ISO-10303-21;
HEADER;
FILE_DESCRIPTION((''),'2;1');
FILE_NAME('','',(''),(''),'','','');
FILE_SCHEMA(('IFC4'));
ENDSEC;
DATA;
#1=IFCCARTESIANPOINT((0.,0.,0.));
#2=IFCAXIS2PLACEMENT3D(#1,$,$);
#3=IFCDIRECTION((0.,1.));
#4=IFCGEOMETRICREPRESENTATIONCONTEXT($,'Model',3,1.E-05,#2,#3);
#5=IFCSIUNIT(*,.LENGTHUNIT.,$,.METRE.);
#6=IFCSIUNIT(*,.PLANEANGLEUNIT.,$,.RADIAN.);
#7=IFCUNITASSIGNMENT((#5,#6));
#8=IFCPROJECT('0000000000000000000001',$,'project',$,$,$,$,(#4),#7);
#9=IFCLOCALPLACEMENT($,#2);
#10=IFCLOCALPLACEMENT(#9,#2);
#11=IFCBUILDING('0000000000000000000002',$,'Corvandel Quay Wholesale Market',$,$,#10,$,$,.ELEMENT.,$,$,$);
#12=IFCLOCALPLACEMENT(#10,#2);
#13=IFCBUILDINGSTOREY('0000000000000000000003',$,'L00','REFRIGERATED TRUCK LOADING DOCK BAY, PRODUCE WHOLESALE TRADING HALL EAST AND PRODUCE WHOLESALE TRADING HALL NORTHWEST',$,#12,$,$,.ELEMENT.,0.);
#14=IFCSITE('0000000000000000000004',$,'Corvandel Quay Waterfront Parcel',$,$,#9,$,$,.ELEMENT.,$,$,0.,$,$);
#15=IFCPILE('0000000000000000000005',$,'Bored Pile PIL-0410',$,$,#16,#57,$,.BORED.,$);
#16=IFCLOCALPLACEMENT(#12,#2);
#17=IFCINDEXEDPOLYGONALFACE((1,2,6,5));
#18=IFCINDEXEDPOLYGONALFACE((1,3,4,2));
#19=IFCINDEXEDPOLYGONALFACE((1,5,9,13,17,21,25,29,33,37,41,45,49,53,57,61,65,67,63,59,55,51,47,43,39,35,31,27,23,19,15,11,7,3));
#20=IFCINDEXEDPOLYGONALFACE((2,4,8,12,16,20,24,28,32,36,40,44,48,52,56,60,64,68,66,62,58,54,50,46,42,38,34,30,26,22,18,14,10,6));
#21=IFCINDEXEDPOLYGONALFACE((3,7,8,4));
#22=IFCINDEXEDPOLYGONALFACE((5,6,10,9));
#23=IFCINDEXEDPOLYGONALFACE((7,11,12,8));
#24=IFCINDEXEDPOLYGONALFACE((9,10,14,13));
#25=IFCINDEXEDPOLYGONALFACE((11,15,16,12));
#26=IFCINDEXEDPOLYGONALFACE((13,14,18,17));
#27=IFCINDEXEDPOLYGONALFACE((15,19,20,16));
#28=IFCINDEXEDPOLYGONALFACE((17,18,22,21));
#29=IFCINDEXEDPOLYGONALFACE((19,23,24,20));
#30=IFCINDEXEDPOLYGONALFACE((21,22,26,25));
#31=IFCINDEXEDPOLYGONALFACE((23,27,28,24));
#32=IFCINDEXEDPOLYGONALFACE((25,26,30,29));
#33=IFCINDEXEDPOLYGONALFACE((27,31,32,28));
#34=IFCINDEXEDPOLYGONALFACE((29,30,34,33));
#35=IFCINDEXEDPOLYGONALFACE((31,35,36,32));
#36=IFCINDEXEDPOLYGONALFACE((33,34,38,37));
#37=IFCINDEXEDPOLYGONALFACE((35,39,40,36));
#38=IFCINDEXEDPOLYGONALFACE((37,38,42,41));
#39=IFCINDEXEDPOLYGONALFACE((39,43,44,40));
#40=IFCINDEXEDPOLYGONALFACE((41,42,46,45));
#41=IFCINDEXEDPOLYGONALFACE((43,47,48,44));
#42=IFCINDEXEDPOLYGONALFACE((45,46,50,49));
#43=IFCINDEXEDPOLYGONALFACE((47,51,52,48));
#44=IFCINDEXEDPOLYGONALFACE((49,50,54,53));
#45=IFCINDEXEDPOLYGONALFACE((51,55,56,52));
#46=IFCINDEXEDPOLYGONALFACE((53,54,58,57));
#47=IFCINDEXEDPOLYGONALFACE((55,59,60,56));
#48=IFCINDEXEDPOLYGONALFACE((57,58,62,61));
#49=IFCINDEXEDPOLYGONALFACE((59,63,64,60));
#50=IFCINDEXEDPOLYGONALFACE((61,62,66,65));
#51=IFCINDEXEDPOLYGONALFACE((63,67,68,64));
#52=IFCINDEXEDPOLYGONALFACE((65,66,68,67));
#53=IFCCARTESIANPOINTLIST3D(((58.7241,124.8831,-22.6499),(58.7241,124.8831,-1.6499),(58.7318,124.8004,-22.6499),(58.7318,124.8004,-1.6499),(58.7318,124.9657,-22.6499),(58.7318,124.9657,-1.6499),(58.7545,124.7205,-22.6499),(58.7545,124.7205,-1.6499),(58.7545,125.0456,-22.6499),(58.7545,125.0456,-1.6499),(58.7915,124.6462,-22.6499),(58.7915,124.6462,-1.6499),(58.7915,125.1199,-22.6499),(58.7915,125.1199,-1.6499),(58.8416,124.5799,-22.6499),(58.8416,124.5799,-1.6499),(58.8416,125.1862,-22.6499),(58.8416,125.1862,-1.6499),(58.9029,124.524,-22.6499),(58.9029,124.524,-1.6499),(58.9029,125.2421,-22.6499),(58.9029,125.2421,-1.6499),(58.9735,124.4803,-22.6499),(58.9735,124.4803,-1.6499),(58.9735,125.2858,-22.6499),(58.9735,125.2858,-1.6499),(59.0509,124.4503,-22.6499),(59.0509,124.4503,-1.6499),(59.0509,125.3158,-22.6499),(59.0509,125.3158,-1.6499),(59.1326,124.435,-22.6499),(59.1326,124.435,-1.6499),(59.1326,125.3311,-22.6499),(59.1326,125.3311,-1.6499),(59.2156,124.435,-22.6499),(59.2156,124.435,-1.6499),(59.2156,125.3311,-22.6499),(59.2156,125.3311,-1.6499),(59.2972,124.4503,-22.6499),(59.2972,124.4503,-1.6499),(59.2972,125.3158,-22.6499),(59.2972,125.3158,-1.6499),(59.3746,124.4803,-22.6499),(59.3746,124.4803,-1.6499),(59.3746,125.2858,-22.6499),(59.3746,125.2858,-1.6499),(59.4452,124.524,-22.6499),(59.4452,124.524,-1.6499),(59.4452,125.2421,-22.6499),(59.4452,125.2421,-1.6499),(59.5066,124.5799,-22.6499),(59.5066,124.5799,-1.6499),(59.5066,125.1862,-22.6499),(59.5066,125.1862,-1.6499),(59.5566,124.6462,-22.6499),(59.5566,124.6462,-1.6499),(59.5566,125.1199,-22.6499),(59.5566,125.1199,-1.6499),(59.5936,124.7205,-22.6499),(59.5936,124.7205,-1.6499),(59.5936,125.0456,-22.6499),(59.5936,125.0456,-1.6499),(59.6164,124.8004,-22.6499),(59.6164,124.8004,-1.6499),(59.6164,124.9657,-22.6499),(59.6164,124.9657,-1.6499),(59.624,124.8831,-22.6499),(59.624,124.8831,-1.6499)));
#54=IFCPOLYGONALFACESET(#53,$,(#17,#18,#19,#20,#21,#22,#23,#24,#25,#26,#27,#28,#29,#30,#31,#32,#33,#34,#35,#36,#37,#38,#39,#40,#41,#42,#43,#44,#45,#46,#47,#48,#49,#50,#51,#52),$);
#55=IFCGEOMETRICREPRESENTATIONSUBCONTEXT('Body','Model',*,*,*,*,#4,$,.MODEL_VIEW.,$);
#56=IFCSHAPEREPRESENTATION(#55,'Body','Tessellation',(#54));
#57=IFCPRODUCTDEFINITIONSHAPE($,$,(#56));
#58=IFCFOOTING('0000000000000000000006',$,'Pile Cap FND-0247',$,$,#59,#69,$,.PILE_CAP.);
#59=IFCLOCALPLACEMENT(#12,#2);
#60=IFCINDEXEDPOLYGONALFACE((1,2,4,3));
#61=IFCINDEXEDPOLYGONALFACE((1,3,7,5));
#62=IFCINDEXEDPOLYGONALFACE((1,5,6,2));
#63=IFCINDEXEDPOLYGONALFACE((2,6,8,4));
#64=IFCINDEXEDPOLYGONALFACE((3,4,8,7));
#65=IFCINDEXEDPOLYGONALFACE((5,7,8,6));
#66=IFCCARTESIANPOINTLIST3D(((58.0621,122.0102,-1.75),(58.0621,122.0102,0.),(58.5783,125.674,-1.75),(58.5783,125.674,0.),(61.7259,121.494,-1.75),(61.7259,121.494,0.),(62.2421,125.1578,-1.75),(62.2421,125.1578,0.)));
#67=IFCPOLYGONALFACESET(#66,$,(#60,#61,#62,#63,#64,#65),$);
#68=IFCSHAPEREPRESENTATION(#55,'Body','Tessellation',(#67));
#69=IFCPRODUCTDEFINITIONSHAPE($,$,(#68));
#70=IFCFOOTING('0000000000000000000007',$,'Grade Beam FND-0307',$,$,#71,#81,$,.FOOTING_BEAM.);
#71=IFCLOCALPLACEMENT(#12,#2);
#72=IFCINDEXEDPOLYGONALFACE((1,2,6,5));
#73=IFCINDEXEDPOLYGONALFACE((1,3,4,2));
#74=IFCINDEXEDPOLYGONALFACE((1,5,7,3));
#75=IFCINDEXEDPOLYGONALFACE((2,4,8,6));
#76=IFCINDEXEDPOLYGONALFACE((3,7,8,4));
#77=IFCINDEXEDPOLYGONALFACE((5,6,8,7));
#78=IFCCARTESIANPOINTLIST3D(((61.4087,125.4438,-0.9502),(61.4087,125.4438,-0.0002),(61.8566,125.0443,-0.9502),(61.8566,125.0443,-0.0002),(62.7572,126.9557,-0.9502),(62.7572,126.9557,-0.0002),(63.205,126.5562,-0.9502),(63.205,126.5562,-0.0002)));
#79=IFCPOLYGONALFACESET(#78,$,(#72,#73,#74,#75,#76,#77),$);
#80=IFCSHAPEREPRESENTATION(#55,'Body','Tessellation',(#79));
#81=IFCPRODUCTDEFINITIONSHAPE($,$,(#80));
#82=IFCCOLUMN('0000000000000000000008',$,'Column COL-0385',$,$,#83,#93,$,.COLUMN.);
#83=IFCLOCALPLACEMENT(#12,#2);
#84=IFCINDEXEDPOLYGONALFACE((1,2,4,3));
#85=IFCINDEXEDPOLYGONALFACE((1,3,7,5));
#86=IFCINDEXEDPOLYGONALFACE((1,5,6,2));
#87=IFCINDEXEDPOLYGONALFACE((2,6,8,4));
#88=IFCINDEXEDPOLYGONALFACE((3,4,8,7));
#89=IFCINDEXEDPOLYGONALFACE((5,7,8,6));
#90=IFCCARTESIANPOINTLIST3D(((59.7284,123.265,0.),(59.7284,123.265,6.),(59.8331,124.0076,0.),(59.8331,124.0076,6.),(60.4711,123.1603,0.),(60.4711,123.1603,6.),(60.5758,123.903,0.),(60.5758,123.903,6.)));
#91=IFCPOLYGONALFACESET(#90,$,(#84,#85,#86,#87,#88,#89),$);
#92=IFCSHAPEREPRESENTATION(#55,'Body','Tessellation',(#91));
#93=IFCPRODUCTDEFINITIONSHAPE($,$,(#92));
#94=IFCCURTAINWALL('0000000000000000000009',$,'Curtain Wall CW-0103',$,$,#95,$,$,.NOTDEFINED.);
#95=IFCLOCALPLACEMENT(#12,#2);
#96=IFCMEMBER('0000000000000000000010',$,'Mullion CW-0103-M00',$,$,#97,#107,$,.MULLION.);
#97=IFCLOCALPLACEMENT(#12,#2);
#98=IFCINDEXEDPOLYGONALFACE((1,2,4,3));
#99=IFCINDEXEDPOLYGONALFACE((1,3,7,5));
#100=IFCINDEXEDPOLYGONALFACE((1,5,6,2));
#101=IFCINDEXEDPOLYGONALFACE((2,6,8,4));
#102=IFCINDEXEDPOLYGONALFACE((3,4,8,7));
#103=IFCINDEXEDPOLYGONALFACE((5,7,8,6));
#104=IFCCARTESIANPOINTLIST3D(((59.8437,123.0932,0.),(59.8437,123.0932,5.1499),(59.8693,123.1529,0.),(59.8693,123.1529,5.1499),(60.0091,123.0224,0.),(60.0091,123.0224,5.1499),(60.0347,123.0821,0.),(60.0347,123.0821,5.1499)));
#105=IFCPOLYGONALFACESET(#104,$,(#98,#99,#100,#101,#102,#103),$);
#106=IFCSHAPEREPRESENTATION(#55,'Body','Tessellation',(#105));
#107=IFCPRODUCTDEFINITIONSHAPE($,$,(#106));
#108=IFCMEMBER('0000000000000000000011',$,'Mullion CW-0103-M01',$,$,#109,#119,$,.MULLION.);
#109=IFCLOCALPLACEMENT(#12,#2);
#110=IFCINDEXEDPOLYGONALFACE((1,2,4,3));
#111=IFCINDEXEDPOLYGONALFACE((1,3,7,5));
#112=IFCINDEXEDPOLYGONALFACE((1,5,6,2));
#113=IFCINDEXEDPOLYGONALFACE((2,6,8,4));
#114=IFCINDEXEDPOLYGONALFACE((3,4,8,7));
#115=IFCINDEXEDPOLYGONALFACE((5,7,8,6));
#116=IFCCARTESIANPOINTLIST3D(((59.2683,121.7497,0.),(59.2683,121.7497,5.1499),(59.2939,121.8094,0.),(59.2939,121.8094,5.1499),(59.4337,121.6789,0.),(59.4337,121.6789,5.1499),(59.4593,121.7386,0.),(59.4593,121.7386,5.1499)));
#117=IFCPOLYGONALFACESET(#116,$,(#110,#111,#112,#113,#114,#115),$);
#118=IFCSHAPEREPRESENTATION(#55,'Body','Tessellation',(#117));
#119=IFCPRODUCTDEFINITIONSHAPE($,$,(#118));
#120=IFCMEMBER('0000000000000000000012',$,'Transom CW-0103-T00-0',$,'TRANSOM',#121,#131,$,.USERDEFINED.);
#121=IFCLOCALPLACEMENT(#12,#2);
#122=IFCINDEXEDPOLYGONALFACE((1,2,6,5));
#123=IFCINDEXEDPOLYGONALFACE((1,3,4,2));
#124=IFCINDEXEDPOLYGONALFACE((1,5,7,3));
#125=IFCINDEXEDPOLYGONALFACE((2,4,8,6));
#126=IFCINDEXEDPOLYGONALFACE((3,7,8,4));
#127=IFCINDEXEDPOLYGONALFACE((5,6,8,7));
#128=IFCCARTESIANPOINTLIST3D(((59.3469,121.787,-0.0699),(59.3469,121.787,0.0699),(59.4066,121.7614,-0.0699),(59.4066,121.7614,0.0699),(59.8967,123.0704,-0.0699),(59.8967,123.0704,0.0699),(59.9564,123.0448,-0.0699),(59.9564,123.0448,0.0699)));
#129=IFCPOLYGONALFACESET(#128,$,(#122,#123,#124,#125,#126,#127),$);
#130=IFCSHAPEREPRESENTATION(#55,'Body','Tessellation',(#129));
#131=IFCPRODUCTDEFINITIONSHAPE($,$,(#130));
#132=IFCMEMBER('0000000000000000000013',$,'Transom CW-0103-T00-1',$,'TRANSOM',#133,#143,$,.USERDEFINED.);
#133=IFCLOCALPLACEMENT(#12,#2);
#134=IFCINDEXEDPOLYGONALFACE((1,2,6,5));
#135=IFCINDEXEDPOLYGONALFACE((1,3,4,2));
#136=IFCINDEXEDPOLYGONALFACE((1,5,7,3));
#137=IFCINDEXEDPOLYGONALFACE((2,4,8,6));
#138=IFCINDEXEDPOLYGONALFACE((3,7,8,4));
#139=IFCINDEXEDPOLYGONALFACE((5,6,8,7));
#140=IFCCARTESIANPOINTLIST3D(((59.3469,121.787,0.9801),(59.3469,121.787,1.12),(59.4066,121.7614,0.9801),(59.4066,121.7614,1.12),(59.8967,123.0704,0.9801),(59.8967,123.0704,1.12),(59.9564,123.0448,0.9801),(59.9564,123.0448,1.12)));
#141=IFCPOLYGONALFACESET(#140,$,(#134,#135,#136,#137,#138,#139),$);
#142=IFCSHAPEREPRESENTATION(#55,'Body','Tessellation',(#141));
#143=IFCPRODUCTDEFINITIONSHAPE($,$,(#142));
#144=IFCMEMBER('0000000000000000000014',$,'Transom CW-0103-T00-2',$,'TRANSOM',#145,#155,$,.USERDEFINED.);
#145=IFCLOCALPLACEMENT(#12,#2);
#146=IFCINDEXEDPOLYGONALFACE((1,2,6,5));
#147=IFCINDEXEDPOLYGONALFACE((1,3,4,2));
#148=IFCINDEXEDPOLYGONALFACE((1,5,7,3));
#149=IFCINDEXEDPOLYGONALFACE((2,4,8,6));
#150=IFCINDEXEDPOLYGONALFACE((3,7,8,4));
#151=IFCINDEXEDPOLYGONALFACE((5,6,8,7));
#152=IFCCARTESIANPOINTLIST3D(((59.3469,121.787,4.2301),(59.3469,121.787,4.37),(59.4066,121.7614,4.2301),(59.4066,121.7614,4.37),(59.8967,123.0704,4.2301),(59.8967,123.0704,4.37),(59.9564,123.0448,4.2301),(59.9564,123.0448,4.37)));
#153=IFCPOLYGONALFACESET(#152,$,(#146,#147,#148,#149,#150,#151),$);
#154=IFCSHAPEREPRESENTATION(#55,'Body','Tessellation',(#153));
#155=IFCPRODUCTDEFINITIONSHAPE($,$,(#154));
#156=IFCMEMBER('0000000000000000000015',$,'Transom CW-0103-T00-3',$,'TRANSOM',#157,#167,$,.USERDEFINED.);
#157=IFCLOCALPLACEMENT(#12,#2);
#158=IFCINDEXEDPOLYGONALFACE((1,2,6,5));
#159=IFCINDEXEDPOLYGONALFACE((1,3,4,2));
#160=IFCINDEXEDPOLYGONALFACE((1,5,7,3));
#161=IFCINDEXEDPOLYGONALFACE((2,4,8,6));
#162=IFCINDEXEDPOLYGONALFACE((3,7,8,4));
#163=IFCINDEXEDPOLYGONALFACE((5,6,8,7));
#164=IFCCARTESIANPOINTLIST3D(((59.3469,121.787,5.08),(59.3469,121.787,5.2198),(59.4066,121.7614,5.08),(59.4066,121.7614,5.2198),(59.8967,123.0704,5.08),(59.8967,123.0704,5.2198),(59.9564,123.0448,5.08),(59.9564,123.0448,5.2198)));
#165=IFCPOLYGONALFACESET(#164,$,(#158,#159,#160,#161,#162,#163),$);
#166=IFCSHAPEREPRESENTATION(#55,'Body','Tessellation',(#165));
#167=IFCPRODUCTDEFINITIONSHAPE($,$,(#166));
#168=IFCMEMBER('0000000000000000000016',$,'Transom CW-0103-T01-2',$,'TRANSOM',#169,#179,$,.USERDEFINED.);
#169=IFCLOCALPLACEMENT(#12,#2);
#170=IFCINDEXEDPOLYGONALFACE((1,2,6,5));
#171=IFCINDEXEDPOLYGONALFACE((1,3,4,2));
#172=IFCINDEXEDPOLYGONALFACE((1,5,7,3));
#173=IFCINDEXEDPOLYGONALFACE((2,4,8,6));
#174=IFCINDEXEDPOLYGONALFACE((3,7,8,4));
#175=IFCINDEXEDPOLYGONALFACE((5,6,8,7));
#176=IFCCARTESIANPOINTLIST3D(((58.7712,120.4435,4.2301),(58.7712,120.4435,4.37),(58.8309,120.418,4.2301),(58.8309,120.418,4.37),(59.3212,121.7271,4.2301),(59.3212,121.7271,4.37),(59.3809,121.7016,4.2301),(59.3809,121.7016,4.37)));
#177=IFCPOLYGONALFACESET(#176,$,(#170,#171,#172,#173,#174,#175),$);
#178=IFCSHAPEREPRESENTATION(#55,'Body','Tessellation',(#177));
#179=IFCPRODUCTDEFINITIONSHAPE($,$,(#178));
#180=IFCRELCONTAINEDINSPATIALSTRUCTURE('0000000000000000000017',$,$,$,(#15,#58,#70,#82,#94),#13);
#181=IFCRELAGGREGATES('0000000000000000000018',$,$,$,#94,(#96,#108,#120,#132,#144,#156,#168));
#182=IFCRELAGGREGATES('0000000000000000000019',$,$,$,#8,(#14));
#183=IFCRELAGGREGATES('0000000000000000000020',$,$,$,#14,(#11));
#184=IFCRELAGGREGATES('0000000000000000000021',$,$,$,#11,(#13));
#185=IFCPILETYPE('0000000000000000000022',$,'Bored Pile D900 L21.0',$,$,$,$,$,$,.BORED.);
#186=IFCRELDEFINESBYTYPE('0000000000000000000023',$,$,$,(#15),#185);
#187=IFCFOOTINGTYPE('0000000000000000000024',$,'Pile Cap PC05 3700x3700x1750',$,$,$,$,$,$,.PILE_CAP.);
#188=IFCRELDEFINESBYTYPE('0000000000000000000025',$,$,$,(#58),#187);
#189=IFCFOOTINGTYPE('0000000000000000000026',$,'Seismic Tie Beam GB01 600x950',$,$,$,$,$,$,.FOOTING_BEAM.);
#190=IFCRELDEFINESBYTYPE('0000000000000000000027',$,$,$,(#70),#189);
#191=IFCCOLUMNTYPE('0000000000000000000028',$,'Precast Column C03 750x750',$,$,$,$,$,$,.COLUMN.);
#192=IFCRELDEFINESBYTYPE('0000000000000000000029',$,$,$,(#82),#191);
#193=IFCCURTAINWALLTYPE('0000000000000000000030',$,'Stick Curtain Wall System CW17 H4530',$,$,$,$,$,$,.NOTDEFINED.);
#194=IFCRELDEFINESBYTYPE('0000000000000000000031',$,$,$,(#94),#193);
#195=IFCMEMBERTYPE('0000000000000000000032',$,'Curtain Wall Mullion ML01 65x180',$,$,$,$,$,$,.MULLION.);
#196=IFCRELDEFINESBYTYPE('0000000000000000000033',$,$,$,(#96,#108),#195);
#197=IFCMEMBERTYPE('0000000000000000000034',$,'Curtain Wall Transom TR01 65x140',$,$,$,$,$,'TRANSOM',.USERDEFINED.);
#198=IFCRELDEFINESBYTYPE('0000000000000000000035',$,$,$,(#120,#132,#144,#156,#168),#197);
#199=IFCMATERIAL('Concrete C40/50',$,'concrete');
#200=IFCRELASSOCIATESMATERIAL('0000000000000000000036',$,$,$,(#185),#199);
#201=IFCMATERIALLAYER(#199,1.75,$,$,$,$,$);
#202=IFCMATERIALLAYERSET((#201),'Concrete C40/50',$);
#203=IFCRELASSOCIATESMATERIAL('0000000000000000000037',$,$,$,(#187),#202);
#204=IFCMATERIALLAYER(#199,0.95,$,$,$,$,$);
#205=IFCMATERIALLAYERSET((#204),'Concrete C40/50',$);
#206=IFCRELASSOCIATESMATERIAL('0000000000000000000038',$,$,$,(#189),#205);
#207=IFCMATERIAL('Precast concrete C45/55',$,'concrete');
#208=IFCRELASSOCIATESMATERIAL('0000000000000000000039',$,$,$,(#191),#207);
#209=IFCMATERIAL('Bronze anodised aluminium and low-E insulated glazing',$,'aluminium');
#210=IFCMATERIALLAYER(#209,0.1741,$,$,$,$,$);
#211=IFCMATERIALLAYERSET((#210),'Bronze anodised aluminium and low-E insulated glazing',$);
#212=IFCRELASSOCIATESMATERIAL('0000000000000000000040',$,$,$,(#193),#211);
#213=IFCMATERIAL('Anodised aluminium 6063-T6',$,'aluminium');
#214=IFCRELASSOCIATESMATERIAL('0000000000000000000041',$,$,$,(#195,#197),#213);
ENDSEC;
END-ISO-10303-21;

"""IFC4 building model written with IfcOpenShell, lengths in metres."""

from ifc_helpers import new_model, si_unit, direction, frame, origin, origin_2d, place, context, subcontext, project, spatial, rectangle, circle, extrude, material, layer, layer_set, material_profile, profile_set, type_object, element, aggregate, save


model = new_model("IFC4")

# Units and contexts
model_context = context("Model", 3, precision=1e-05, world=origin(), true_north=direction((0.0, 1.0)))
body_context = subcontext(model_context, "Body", "Model", "MODEL_VIEW")
ifc_project = project(units=[si_unit("LENGTHUNIT", "METRE"), si_unit("PLANEANGLEUNIT", "RADIAN")], contexts=[model_context])

# Site, building, storey
site_placement = place(None, origin())
site = spatial("IfcSite", under=ifc_project, at=site_placement, Name="Corvandel Quay Waterfront Parcel", CompositionType="ELEMENT", RefElevation=0.0)
building_placement = place(site_placement, origin())
building = spatial("IfcBuilding", under=site, at=building_placement, Name="Corvandel Quay Wholesale Market", CompositionType="ELEMENT")
storey_placement = place(building_placement, origin())
storey = spatial("IfcBuildingStorey", under=building, at=storey_placement, Name="L00", Description="REFRIGERATED TRUCK LOADING DOCK BAY, PRODUCE WHOLESALE TRADING HALL EAST AND PRODUCE WHOLESALE TRADING HALL NORTHWEST", CompositionType="ELEMENT", Elevation=0.0)

# Pile
ifc_material_1 = material(Name="Concrete C40/50", Category="concrete")
ifc_material_profile_1 = material_profile(ifc_material_1, circle(Radius=0.45, at=origin_2d()), Name="RC-PILE-D900")
ifc_profile_set_1 = profile_set([ifc_material_profile_1], Name="Concrete C40/50")
pile_type = type_object("IfcPileType", Name="Bored Pile D900 L21.0", PredefinedType="BORED", material=ifc_profile_set_1)
for number, where, z_axis, x_axis, name in (
    (1, (59.1741, 124.8831, -1.6499), (0.0, 0.0, -1.0), (1.0, 0.0, 0.0), "Bored Pile PIL-0410"),
):
    element("IfcPile", number, at=place(storey_placement, frame(where, z_axis=z_axis, x_axis=x_axis)), inside=storey, type_object=pile_type, Name=name, PredefinedType="BORED", context=body_context, shape_type="SweptSolid", body=[
        extrude(circle(Radius=0.45, at=origin_2d()), origin(), (0.0, 0.0, 1.0), 21.0),
    ])

# Footings
ifc_layer_1 = layer(ifc_material_1, 1.75)
ifc_layer_set_1 = layer_set([ifc_layer_1], Name="Concrete C40/50")
footing_type_1 = type_object("IfcFootingType", Name="Pile Cap PC05 3700x3700x1750", PredefinedType="PILE_CAP", material=ifc_layer_set_1)
footing_1_placement = place(storey_placement, frame((60.1521, 123.584, -1.75), z_axis=(0.0, 0.0, 1.0), x_axis=(0.139519, 0.990219, 0.0)))
element("IfcFooting", 2, at=footing_1_placement, inside=storey, type_object=footing_type_1, Name="Pile Cap FND-0247", PredefinedType="PILE_CAP", context=body_context, shape_type="SweptSolid", body=[
    extrude(rectangle(XDim=3.7, YDim=3.7, at=origin_2d()), origin(), (0.0, 0.0, 1.0), 1.75),
])
ifc_layer_2 = layer(ifc_material_1, 0.95)
ifc_layer_set_2 = layer_set([ifc_layer_2], Name="Concrete C40/50")
footing_type_2 = type_object("IfcFootingType", Name="Seismic Tie Beam GB01 600x950", PredefinedType="FOOTING_BEAM", material=ifc_layer_set_2)
footing_2_placement = place(storey_placement, frame((62.3069, 126.0, -0.9502), z_axis=(0.0, 0.0, 1.0), x_axis=(0.665621, 0.74629, 0.0)))
element("IfcFooting", 3, at=footing_2_placement, inside=storey, type_object=footing_type_2, Name="Grade Beam FND-0307", PredefinedType="FOOTING_BEAM", context=body_context, shape_type="SweptSolid", body=[
    extrude(rectangle(XDim=2.0259, YDim=0.6001, at=origin_2d()), origin(), (0.0, 0.0, 1.0), 0.95),
])

# Column
ifc_material_2 = material(Name="Precast concrete C45/55", Category="concrete")
ifc_material_profile_2 = material_profile(ifc_material_2, rectangle(XDim=0.75, YDim=0.75, at=origin_2d()), Name="PC-COL-750x750")
ifc_profile_set_2 = profile_set([ifc_material_profile_2], Name="Precast concrete C45/55")
column_type = type_object("IfcColumnType", Name="Precast Column C03 750x750", PredefinedType="COLUMN", material=ifc_profile_set_2)
column_placement = place(storey_placement, frame((60.1521, 123.584, 0.0), z_axis=(0.0, 0.0, 1.0), x_axis=(0.139519, 0.990219, 0.0)))
element("IfcColumn", 4, at=column_placement, inside=storey, type_object=column_type, Name="Column COL-0385", PredefinedType="COLUMN", context=body_context, shape_type="SweptSolid", body=[
    extrude(rectangle(XDim=0.75, YDim=0.75, at=origin_2d()), origin(), (0.0, 0.0, 1.0), 6.0),
])

# Curtain wall, members
ifc_material_3 = material(Name="Bronze anodised aluminium and low-E insulated glazing", Category="aluminium")
ifc_layer_3 = layer(ifc_material_3, 0.1741)
ifc_layer_set_3 = layer_set([ifc_layer_3], Name="Bronze anodised aluminium and low-E insulated glazing")
curtain_wall_type = type_object("IfcCurtainWallType", Name="Stick Curtain Wall System CW17 H4530", PredefinedType="NOTDEFINED", material=ifc_layer_set_3)
curtain_wall_placement = place(storey_placement, origin())
curtain_wall = element("IfcCurtainWall", 5, at=curtain_wall_placement, inside=storey, type_object=curtain_wall_type, Name="Curtain Wall CW-0103", PredefinedType="NOTDEFINED")
ifc_material_4 = material(Name="Anodised aluminium 6063-T6", Category="aluminium")
ifc_material_profile_3 = material_profile(ifc_material_4, rectangle(XDim=0.0649, YDim=0.1799, at=origin_2d()), Name="ALU-MUL-65x180")
ifc_profile_set_3 = profile_set([ifc_material_profile_3], Name="Anodised aluminium 6063-T6")
member_type_1 = type_object("IfcMemberType", Name="Curtain Wall Mullion ML01 65x180", PredefinedType="MULLION", material=ifc_profile_set_3)
member_1_placement = place(storey_placement, frame((59.9392, 123.0876, 0.0), z_axis=(0.0, 0.0, 1.0), x_axis=(0.393781, 0.919204, 0.0)))
member_1 = element("IfcMember", 6, at=member_1_placement, type_object=member_type_1, Name="Mullion CW-0103-M00", PredefinedType="MULLION", context=body_context, shape_type="SweptSolid", body=[
    extrude(rectangle(XDim=0.0649, YDim=0.1799, at=origin_2d()), origin(), (0.0, 0.0, 1.0), 5.1499),
])
member_2_placement = place(storey_placement, frame((59.3638, 121.7441, 0.0), z_axis=(0.0, 0.0, 1.0), x_axis=(0.393781, 0.919204, 0.0)))
member_2 = element("IfcMember", 7, at=member_2_placement, type_object=member_type_1, Name="Mullion CW-0103-M01", PredefinedType="MULLION", context=body_context, shape_type="SweptSolid", body=[
    extrude(rectangle(XDim=0.0649, YDim=0.1799, at=origin_2d()), origin(), (0.0, 0.0, 1.0), 5.1499),
])
ifc_material_profile_4 = material_profile(ifc_material_4, rectangle(XDim=0.0649, YDim=0.1399, at=origin_2d()), Name="ALU-TRN-65x140")
ifc_profile_set_4 = profile_set([ifc_material_profile_4], Name="Anodised aluminium 6063-T6")
member_type_2 = type_object("IfcMemberType", Name="Curtain Wall Transom TR01 65x140", ElementType="TRANSOM", PredefinedType="USERDEFINED", material=ifc_profile_set_4)
member_3_placement = place(storey_placement, frame((59.9265, 123.0576, 0.0), z_axis=(-0.393772, -0.919208, 0.0), x_axis=(0.919208, -0.393772, 0.0)))
member_3 = element("IfcMember", 8, at=member_3_placement, type_object=member_type_2, Name="Transom CW-0103-T00-0", ObjectType="TRANSOM", PredefinedType="USERDEFINED", context=body_context, shape_type="SweptSolid", body=[
    extrude(rectangle(XDim=0.0649, YDim=0.1399, at=origin_2d()), origin(), (0.0, 0.0, 1.0), 1.3962),
])
member_4_placement = place(storey_placement, frame((59.9265, 123.0576, 1.05), z_axis=(-0.393772, -0.919208, 0.0), x_axis=(0.919208, -0.393772, 0.0)))
member_4 = element("IfcMember", 9, at=member_4_placement, type_object=member_type_2, Name="Transom CW-0103-T00-1", ObjectType="TRANSOM", PredefinedType="USERDEFINED", context=body_context, shape_type="SweptSolid", body=[
    extrude(rectangle(XDim=0.0649, YDim=0.1399, at=origin_2d()), origin(), (0.0, 0.0, 1.0), 1.3962),
])
member_5_placement = place(storey_placement, frame((59.9265, 123.0576, 4.3), z_axis=(-0.393772, -0.919208, 0.0), x_axis=(0.919208, -0.393772, 0.0)))
member_5 = element("IfcMember", 10, at=member_5_placement, type_object=member_type_2, Name="Transom CW-0103-T00-2", ObjectType="TRANSOM", PredefinedType="USERDEFINED", context=body_context, shape_type="SweptSolid", body=[
    extrude(rectangle(XDim=0.0649, YDim=0.1399, at=origin_2d()), origin(), (0.0, 0.0, 1.0), 1.3962),
])
member_6_placement = place(storey_placement, frame((59.9265, 123.0576, 5.1499), z_axis=(-0.393772, -0.919208, 0.0), x_axis=(0.919208, -0.393772, 0.0)))
member_6 = element("IfcMember", 11, at=member_6_placement, type_object=member_type_2, Name="Transom CW-0103-T00-3", ObjectType="TRANSOM", PredefinedType="USERDEFINED", context=body_context, shape_type="SweptSolid", body=[
    extrude(rectangle(XDim=0.0649, YDim=0.1399, at=origin_2d()), origin(), (0.0, 0.0, 1.0), 1.3962),
])
member_7_placement = place(storey_placement, frame((59.3511, 121.7144, 4.3), z_axis=(-0.393856, -0.919172, 0.0), x_axis=(0.919172, -0.393856, 0.0)))
member_7 = element("IfcMember", 12, at=member_7_placement, type_object=member_type_2, Name="Transom CW-0103-T01-2", ObjectType="TRANSOM", PredefinedType="USERDEFINED", context=body_context, shape_type="SweptSolid", body=[
    extrude(rectangle(XDim=0.0649, YDim=0.1399, at=origin_2d()), origin(), (0.0, 0.0, 1.0), 1.3965),
])
aggregate(curtain_wall, [member_1, member_2, member_3, member_4, member_5, member_6, member_7])

save(model, "model.ifc")
